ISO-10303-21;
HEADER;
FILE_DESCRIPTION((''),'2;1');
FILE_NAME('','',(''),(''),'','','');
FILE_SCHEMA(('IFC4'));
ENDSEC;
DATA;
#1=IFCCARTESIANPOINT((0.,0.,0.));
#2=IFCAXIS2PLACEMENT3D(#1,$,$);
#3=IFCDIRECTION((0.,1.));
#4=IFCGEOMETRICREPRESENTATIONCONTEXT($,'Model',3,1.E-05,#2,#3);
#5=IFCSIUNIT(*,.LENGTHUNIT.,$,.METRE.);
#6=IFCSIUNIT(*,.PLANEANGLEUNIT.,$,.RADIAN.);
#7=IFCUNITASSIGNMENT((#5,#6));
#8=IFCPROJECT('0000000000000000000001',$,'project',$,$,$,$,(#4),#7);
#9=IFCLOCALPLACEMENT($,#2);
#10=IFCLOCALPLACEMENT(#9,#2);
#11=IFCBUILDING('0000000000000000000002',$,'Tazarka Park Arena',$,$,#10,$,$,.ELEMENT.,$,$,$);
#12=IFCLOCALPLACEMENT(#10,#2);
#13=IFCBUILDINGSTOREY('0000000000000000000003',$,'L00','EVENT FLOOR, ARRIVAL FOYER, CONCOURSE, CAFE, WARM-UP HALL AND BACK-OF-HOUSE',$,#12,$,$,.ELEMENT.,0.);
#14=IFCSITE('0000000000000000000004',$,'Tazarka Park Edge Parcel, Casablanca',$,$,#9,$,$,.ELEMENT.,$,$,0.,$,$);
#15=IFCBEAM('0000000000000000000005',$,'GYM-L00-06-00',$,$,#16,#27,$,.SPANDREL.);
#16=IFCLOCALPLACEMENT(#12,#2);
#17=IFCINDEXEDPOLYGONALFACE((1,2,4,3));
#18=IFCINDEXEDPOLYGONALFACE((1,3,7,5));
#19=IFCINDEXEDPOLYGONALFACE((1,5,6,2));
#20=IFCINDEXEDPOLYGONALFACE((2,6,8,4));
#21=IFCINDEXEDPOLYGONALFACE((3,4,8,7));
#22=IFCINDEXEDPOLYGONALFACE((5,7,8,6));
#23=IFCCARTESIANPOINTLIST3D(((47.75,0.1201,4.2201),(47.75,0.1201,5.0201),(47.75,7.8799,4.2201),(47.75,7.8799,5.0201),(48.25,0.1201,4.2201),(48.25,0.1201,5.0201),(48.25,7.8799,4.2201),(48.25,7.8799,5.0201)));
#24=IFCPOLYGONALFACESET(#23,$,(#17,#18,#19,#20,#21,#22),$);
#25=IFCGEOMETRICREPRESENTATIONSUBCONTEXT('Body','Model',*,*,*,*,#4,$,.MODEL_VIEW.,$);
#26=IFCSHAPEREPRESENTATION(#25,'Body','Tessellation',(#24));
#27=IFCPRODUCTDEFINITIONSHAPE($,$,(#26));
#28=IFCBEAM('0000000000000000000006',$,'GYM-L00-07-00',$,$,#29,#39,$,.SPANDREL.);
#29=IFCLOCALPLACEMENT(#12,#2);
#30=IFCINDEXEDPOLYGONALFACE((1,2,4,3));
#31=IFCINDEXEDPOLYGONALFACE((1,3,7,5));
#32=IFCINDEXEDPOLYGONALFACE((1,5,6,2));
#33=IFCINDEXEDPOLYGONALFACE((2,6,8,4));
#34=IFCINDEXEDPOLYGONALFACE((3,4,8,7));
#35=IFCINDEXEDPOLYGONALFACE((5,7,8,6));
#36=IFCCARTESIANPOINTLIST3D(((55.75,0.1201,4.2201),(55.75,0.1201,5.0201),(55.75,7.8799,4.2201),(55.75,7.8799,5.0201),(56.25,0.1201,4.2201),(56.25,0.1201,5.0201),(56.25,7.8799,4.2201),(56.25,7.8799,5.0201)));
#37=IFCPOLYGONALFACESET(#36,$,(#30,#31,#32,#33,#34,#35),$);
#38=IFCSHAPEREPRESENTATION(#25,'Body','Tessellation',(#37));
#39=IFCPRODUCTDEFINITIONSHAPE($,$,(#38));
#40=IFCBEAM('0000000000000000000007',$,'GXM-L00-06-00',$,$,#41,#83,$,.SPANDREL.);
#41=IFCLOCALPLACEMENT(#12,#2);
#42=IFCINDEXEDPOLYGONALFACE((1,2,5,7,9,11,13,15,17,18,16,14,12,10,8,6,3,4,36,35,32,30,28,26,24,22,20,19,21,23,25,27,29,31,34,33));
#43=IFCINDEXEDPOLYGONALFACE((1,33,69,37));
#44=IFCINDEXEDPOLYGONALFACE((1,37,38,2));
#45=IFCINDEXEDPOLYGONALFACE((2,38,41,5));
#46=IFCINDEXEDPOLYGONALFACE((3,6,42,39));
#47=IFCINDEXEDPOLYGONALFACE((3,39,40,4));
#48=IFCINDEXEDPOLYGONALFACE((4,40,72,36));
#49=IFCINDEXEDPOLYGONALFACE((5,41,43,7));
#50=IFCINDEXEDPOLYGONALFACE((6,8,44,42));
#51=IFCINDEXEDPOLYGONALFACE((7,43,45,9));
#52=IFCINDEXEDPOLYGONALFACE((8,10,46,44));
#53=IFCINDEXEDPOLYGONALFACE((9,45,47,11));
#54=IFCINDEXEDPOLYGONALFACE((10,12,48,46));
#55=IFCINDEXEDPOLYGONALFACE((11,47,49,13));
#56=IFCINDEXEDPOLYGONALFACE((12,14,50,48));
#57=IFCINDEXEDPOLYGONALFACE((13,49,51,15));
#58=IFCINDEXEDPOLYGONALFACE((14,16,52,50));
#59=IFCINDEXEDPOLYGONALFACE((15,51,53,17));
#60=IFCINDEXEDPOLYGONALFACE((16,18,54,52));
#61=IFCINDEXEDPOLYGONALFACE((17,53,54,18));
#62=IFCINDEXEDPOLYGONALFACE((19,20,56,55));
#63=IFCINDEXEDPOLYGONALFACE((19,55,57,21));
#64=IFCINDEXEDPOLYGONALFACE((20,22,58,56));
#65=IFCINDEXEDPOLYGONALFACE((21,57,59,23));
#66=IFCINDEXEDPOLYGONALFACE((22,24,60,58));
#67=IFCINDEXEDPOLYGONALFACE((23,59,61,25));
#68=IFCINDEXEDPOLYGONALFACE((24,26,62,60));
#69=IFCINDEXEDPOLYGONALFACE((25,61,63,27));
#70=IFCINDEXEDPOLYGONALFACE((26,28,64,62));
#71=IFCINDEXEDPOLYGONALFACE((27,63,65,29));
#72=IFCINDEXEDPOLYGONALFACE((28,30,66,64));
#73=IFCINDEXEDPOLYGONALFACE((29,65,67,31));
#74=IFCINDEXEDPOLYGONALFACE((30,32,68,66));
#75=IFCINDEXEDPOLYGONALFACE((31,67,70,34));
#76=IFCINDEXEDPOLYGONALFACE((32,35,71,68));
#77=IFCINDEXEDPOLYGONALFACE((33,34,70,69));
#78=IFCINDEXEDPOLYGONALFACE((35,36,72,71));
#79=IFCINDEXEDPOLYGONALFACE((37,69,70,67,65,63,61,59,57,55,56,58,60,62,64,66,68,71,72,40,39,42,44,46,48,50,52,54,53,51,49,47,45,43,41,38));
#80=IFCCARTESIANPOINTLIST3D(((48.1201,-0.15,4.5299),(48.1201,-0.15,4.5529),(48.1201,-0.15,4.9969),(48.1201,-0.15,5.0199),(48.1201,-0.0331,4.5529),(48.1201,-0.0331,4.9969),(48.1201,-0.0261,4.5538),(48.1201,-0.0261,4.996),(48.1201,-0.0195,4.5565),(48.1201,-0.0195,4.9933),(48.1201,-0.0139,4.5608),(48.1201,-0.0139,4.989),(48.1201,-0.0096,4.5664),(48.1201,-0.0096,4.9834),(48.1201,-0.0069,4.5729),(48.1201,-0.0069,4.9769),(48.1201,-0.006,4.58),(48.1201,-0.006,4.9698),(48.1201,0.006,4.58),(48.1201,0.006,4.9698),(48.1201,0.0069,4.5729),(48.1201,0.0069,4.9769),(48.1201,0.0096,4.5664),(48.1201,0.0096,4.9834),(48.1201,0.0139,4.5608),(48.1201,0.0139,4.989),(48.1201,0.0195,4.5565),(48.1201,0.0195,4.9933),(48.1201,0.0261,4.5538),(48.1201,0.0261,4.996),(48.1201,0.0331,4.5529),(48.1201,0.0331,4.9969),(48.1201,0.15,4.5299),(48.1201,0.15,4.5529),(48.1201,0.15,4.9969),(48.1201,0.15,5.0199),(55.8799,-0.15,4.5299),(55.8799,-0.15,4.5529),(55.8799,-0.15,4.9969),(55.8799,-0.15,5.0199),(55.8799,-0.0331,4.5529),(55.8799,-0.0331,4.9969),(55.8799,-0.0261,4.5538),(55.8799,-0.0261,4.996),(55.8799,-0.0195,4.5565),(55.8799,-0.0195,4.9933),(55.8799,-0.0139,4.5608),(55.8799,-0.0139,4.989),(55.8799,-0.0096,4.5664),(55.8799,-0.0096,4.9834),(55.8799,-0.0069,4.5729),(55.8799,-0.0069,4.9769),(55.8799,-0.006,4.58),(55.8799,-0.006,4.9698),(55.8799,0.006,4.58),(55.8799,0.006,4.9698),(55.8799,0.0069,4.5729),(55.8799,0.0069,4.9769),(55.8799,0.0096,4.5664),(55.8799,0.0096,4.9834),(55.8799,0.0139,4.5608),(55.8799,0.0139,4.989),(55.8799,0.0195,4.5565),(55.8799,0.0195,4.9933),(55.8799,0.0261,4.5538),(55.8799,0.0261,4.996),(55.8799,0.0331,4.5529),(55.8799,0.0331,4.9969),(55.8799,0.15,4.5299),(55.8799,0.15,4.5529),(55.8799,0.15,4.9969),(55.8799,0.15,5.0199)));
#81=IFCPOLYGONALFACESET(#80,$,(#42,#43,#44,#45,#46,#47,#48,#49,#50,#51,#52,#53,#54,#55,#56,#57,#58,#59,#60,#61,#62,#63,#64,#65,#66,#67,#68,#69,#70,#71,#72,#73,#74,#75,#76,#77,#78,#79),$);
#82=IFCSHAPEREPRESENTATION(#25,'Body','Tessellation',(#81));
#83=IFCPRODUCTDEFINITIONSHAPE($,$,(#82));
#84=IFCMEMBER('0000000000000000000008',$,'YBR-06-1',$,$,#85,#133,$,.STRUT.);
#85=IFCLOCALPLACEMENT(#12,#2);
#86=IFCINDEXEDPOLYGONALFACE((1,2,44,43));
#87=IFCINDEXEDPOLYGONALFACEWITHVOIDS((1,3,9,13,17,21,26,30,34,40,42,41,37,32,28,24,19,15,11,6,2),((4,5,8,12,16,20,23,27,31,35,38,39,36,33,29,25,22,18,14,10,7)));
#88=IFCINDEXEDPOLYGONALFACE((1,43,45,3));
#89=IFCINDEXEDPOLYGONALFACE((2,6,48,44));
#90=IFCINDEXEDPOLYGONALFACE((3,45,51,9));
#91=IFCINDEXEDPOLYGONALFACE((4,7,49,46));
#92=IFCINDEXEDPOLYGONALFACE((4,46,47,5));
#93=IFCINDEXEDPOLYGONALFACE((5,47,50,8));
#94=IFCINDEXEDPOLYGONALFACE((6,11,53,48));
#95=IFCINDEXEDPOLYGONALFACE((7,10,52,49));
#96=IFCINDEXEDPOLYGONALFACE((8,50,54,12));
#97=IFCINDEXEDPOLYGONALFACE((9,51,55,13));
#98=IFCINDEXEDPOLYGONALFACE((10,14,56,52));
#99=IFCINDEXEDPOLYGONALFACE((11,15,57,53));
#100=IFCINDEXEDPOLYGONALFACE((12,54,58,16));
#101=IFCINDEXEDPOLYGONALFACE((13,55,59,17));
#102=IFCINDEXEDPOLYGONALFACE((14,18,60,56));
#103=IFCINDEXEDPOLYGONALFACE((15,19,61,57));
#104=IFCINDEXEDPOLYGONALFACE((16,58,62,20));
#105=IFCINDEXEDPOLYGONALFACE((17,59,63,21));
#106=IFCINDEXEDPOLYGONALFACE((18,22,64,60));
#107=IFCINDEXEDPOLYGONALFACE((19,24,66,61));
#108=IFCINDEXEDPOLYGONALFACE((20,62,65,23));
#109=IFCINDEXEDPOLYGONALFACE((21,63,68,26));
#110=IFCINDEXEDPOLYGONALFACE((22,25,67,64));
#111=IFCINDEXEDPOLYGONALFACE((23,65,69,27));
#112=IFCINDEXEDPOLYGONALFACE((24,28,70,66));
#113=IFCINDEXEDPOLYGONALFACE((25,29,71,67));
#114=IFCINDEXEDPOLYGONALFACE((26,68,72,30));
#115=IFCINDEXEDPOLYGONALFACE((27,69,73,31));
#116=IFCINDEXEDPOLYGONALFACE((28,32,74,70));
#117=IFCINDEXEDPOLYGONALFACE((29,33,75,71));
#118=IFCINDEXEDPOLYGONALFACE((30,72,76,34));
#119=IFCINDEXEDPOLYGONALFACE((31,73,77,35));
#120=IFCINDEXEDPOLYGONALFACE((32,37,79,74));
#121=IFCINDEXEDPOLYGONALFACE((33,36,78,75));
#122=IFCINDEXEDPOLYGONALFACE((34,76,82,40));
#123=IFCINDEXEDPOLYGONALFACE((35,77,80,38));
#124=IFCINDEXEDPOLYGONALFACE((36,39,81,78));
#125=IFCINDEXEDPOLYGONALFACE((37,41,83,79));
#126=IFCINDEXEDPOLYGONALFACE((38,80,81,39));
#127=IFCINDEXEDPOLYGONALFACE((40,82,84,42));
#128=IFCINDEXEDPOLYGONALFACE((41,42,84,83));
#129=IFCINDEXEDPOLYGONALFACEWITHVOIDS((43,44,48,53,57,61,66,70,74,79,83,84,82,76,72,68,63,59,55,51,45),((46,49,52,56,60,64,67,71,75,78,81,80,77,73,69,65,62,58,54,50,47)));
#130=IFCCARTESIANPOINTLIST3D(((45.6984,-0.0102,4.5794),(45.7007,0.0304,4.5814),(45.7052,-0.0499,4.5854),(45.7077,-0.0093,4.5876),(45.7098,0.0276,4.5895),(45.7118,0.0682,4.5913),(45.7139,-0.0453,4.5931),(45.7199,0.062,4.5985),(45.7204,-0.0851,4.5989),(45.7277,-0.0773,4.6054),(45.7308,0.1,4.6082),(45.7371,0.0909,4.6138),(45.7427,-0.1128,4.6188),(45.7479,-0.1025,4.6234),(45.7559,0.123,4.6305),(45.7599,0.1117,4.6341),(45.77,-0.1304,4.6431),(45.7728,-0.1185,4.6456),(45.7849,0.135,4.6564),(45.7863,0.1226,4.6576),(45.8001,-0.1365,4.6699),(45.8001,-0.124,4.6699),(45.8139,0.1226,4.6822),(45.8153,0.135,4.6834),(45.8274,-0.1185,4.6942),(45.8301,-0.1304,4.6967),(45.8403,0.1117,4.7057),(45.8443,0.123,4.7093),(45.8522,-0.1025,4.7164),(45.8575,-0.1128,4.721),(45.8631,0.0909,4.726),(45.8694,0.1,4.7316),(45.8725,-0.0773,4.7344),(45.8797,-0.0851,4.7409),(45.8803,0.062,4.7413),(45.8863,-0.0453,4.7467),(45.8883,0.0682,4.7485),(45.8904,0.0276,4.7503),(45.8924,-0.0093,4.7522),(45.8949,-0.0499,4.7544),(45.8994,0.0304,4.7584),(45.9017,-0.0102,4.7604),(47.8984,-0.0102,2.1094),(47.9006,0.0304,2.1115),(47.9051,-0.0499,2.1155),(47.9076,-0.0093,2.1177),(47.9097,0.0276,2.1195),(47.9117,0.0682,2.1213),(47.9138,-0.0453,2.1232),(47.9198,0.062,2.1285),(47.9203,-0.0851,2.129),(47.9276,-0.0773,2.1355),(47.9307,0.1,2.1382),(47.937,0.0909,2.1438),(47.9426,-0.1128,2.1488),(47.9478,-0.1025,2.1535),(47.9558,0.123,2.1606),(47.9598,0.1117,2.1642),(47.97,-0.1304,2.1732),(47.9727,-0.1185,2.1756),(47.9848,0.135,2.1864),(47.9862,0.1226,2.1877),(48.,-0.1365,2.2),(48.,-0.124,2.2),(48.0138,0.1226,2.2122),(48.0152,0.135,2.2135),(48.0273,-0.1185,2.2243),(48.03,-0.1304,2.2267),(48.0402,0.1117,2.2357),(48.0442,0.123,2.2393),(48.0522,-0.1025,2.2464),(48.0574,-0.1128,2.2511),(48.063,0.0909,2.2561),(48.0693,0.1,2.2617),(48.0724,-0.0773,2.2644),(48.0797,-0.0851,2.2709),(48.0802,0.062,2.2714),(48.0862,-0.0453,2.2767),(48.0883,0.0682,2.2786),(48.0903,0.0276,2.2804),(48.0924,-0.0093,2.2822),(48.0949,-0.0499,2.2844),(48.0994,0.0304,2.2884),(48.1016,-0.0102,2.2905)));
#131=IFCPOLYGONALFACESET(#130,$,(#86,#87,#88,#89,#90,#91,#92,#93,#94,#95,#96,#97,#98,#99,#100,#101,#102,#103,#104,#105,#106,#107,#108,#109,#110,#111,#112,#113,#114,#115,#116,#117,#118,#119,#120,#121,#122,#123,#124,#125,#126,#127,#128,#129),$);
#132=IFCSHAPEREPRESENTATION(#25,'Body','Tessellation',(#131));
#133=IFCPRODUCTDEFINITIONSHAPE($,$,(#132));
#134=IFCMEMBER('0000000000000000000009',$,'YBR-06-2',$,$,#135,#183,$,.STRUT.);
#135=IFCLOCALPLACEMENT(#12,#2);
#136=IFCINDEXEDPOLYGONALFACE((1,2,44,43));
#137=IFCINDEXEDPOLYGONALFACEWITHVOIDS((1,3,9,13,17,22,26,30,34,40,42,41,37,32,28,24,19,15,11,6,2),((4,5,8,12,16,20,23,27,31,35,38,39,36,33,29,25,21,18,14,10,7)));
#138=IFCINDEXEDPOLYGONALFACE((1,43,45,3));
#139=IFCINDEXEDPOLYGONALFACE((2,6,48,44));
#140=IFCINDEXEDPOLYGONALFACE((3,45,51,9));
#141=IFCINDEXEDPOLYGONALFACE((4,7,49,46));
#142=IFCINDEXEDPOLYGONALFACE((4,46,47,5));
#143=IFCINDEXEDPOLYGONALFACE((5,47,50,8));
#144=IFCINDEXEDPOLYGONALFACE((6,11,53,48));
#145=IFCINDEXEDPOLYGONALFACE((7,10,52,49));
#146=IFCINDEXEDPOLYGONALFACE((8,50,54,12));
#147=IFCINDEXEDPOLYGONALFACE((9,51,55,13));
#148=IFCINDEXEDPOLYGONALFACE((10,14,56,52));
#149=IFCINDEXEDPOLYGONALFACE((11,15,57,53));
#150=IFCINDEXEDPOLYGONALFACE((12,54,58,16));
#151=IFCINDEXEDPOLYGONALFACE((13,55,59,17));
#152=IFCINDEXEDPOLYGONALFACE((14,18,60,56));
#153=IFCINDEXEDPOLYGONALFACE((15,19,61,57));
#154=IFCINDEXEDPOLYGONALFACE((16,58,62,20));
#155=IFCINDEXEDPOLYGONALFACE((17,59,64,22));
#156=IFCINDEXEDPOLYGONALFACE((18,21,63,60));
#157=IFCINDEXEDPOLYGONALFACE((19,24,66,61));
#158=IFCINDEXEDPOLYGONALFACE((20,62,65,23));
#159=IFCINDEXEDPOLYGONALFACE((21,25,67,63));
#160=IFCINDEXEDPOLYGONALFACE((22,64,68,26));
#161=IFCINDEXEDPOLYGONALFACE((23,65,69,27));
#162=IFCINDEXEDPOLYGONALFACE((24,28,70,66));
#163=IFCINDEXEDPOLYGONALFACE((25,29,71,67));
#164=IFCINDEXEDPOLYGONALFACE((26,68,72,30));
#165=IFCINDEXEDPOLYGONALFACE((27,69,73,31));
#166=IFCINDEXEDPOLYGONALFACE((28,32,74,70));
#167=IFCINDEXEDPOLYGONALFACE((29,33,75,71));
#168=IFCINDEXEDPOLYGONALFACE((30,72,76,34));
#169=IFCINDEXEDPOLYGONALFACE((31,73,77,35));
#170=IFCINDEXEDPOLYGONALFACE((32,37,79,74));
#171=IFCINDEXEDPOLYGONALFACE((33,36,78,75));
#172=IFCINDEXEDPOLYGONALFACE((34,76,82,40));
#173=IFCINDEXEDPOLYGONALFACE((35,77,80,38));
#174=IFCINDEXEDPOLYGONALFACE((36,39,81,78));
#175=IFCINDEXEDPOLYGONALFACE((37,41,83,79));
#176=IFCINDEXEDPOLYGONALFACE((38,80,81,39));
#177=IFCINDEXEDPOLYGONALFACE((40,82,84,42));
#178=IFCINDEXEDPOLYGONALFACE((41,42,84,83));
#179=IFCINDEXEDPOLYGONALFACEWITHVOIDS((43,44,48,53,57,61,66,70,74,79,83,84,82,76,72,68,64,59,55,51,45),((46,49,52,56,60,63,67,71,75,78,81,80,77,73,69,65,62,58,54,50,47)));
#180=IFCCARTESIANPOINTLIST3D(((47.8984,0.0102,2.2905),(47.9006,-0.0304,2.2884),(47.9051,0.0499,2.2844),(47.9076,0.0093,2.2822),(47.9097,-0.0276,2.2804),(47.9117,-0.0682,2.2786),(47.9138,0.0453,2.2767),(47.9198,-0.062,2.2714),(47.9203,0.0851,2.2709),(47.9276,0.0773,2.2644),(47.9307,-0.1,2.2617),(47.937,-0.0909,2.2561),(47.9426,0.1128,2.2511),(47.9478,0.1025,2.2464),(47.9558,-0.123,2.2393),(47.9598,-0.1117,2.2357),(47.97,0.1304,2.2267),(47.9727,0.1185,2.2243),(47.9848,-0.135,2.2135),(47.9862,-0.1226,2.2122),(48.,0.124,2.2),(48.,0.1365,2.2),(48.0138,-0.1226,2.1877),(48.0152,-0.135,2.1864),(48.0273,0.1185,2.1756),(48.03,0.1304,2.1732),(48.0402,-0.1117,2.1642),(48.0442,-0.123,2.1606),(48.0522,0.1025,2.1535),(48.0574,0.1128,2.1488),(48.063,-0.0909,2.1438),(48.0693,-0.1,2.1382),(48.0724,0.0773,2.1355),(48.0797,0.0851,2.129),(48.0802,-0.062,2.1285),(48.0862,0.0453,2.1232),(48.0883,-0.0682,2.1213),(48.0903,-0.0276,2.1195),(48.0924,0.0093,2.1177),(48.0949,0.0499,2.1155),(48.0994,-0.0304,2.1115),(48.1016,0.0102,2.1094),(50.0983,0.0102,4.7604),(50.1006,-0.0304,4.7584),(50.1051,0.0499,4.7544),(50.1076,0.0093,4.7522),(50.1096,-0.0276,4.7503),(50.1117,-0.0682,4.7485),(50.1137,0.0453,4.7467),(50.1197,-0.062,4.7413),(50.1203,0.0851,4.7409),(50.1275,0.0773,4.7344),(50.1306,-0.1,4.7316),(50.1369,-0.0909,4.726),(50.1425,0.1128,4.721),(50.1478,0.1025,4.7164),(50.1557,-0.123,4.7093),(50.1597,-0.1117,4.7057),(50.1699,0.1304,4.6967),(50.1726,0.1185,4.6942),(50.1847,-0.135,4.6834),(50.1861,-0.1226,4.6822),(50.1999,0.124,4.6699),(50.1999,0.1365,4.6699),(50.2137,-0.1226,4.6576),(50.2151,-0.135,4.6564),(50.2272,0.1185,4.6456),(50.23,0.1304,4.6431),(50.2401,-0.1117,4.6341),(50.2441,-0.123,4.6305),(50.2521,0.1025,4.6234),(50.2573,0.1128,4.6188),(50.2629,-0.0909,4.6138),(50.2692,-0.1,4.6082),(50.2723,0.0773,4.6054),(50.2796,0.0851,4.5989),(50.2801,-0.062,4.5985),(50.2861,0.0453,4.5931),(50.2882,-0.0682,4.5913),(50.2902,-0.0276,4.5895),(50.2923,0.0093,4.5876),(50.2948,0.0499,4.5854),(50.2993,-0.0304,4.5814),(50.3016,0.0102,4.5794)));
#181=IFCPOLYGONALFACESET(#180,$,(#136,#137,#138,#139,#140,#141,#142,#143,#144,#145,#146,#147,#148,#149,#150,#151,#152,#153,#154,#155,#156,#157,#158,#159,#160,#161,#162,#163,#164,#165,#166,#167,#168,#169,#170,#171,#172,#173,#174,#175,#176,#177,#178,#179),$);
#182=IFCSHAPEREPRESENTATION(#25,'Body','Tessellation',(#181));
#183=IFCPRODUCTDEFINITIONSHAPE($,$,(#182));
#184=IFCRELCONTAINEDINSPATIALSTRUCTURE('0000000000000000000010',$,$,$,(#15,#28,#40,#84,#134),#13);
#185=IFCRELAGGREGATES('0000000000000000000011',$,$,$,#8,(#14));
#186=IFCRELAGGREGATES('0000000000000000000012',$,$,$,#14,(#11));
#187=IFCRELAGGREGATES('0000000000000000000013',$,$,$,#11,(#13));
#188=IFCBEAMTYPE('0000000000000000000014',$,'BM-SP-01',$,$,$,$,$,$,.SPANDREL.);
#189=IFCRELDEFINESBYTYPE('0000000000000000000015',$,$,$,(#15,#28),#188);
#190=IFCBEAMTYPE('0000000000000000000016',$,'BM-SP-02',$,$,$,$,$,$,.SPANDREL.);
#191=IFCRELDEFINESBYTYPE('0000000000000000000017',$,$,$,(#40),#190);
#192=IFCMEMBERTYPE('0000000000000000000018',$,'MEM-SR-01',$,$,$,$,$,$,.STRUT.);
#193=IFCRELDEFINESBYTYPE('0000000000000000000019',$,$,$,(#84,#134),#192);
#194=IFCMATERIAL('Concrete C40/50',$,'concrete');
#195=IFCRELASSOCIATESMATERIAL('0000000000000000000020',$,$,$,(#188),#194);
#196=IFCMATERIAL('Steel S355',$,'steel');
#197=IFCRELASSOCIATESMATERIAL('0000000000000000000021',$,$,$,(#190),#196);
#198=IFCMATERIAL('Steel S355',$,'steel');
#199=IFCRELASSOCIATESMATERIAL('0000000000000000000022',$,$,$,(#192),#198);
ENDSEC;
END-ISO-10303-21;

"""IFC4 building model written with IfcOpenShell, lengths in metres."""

from ifc_helpers import new_model, si_unit, direction, frame, origin, origin_2d, place, context, subcontext, project, spatial, rectangle, hollow_circle, i_section, extrude, material, material_profile, profile_set, type_object, element, save


model = new_model("IFC4")

# Units and contexts
model_context = context("Model", 3, precision=1e-05, world=origin(), true_north=direction((0.0, 1.0)))
body_context = subcontext(model_context, "Body", "Model", "MODEL_VIEW")
ifc_project = project(units=[si_unit("LENGTHUNIT", "METRE"), si_unit("PLANEANGLEUNIT", "RADIAN")], contexts=[model_context])

# Site, building, storey
site_placement = place(None, origin())
site = spatial("IfcSite", under=ifc_project, at=site_placement, Name="Tazarka Park Edge Parcel, Casablanca", CompositionType="ELEMENT", RefElevation=0.0)
building_placement = place(site_placement, origin())
building = spatial("IfcBuilding", under=site, at=building_placement, Name="Tazarka Park Arena", CompositionType="ELEMENT")
storey_placement = place(building_placement, origin())
storey = spatial("IfcBuildingStorey", under=building, at=storey_placement, Name="L00", Description="EVENT FLOOR, ARRIVAL FOYER, CONCOURSE, CAFE, WARM-UP HALL AND BACK-OF-HOUSE", CompositionType="ELEMENT", Elevation=0.0)

# Beams
ifc_material_1 = material(Name="Concrete C40/50", Category="concrete")
ifc_material_profile_1 = material_profile(ifc_material_1, rectangle(XDim=0.5, YDim=0.8, at=origin_2d()), Name="Concrete C40/50")
ifc_profile_set_1 = profile_set([ifc_material_profile_1], Name="Concrete C40/50")
beam_type_1 = type_object("IfcBeamType", Name="BM-SP-01", PredefinedType="SPANDREL", material=ifc_profile_set_1)
for number, where, z_axis, x_axis, name in (
    (1, (48.0, 0.1201, 4.6201), (0.0, 1.0, 0.0), (-1.0, 0.0, 0.0), "GYM-L00-06-00"),
    (2, (56.0, 0.1201, 4.6201), (0.0, 1.0, 0.0), (-1.0, 0.0, 0.0), "GYM-L00-07-00"),
):
    element("IfcBeam", number, at=place(storey_placement, frame(where, z_axis=z_axis, x_axis=x_axis)), inside=storey, type_object=beam_type_1, Name=name, PredefinedType="SPANDREL", context=body_context, shape_type="SweptSolid", body=[
        extrude(rectangle(XDim=0.5, YDim=0.8, at=origin_2d()), origin(), (0.0, 0.0, 1.0), 7.7598),
    ])
ifc_material_2 = material(Name="Steel S355", Category="steel")
ifc_material_profile_2 = material_profile(ifc_material_2, i_section(OverallWidth=0.3, OverallDepth=0.49, WebThickness=0.012, FlangeThickness=0.0229, FilletRadius=0.0271, at=origin_2d()), Name="Steel S355")
ifc_profile_set_2 = profile_set([ifc_material_profile_2], Name="Steel S355")
beam_type_2 = type_object("IfcBeamType", Name="BM-SP-02", PredefinedType="SPANDREL", material=ifc_profile_set_2)
beam_1_placement = place(storey_placement, frame((48.1201, 0.0, 4.7749), z_axis=(1.0, 0.0, 0.0), x_axis=(0.0, 1.0, 0.0)))
element("IfcBeam", 3, at=beam_1_placement, inside=storey, type_object=beam_type_2, Name="GXM-L00-06-00", PredefinedType="SPANDREL", context=body_context, shape_type="SweptSolid", body=[
    extrude(i_section(OverallWidth=0.3, OverallDepth=0.49, WebThickness=0.012, FlangeThickness=0.0229, FilletRadius=0.0271, at=origin_2d()), origin(), (0.0, 0.0, 1.0), 7.7598),
])

# Members
ifc_material_3 = material(Name="Steel S355", Category="steel")
ifc_material_profile_3 = material_profile(ifc_material_3, hollow_circle(Radius=0.1365, WallThickness=0.0125, at=origin_2d()), Name="Steel S355")
ifc_profile_set_3 = profile_set([ifc_material_profile_3], Name="Steel S355")
member_type = type_object("IfcMemberType", Name="MEM-SR-01", PredefinedType="STRUT", material=ifc_profile_set_3)
for number, where, z_axis, x_axis, name in (
    (4, (48.0, 0.0, 2.2), (-0.66511, 0.0, 0.746745), (0.0, -1.0, 0.0), "YBR-06-1"),
    (5, (48.0, 0.0, 2.2), (0.66511, 0.0, 0.746745), (0.0, 1.0, 0.0), "YBR-06-2"),
):
    element("IfcMember", number, at=place(storey_placement, frame(where, z_axis=z_axis, x_axis=x_axis)), inside=storey, type_object=member_type, Name=name, PredefinedType="STRUT", context=body_context, shape_type="SweptSolid", body=[
        extrude(hollow_circle(Radius=0.1365, WallThickness=0.0125, at=origin_2d()), origin(), (0.0, 0.0, 1.0), 3.3076),
    ])

save(model, "model.ifc")
